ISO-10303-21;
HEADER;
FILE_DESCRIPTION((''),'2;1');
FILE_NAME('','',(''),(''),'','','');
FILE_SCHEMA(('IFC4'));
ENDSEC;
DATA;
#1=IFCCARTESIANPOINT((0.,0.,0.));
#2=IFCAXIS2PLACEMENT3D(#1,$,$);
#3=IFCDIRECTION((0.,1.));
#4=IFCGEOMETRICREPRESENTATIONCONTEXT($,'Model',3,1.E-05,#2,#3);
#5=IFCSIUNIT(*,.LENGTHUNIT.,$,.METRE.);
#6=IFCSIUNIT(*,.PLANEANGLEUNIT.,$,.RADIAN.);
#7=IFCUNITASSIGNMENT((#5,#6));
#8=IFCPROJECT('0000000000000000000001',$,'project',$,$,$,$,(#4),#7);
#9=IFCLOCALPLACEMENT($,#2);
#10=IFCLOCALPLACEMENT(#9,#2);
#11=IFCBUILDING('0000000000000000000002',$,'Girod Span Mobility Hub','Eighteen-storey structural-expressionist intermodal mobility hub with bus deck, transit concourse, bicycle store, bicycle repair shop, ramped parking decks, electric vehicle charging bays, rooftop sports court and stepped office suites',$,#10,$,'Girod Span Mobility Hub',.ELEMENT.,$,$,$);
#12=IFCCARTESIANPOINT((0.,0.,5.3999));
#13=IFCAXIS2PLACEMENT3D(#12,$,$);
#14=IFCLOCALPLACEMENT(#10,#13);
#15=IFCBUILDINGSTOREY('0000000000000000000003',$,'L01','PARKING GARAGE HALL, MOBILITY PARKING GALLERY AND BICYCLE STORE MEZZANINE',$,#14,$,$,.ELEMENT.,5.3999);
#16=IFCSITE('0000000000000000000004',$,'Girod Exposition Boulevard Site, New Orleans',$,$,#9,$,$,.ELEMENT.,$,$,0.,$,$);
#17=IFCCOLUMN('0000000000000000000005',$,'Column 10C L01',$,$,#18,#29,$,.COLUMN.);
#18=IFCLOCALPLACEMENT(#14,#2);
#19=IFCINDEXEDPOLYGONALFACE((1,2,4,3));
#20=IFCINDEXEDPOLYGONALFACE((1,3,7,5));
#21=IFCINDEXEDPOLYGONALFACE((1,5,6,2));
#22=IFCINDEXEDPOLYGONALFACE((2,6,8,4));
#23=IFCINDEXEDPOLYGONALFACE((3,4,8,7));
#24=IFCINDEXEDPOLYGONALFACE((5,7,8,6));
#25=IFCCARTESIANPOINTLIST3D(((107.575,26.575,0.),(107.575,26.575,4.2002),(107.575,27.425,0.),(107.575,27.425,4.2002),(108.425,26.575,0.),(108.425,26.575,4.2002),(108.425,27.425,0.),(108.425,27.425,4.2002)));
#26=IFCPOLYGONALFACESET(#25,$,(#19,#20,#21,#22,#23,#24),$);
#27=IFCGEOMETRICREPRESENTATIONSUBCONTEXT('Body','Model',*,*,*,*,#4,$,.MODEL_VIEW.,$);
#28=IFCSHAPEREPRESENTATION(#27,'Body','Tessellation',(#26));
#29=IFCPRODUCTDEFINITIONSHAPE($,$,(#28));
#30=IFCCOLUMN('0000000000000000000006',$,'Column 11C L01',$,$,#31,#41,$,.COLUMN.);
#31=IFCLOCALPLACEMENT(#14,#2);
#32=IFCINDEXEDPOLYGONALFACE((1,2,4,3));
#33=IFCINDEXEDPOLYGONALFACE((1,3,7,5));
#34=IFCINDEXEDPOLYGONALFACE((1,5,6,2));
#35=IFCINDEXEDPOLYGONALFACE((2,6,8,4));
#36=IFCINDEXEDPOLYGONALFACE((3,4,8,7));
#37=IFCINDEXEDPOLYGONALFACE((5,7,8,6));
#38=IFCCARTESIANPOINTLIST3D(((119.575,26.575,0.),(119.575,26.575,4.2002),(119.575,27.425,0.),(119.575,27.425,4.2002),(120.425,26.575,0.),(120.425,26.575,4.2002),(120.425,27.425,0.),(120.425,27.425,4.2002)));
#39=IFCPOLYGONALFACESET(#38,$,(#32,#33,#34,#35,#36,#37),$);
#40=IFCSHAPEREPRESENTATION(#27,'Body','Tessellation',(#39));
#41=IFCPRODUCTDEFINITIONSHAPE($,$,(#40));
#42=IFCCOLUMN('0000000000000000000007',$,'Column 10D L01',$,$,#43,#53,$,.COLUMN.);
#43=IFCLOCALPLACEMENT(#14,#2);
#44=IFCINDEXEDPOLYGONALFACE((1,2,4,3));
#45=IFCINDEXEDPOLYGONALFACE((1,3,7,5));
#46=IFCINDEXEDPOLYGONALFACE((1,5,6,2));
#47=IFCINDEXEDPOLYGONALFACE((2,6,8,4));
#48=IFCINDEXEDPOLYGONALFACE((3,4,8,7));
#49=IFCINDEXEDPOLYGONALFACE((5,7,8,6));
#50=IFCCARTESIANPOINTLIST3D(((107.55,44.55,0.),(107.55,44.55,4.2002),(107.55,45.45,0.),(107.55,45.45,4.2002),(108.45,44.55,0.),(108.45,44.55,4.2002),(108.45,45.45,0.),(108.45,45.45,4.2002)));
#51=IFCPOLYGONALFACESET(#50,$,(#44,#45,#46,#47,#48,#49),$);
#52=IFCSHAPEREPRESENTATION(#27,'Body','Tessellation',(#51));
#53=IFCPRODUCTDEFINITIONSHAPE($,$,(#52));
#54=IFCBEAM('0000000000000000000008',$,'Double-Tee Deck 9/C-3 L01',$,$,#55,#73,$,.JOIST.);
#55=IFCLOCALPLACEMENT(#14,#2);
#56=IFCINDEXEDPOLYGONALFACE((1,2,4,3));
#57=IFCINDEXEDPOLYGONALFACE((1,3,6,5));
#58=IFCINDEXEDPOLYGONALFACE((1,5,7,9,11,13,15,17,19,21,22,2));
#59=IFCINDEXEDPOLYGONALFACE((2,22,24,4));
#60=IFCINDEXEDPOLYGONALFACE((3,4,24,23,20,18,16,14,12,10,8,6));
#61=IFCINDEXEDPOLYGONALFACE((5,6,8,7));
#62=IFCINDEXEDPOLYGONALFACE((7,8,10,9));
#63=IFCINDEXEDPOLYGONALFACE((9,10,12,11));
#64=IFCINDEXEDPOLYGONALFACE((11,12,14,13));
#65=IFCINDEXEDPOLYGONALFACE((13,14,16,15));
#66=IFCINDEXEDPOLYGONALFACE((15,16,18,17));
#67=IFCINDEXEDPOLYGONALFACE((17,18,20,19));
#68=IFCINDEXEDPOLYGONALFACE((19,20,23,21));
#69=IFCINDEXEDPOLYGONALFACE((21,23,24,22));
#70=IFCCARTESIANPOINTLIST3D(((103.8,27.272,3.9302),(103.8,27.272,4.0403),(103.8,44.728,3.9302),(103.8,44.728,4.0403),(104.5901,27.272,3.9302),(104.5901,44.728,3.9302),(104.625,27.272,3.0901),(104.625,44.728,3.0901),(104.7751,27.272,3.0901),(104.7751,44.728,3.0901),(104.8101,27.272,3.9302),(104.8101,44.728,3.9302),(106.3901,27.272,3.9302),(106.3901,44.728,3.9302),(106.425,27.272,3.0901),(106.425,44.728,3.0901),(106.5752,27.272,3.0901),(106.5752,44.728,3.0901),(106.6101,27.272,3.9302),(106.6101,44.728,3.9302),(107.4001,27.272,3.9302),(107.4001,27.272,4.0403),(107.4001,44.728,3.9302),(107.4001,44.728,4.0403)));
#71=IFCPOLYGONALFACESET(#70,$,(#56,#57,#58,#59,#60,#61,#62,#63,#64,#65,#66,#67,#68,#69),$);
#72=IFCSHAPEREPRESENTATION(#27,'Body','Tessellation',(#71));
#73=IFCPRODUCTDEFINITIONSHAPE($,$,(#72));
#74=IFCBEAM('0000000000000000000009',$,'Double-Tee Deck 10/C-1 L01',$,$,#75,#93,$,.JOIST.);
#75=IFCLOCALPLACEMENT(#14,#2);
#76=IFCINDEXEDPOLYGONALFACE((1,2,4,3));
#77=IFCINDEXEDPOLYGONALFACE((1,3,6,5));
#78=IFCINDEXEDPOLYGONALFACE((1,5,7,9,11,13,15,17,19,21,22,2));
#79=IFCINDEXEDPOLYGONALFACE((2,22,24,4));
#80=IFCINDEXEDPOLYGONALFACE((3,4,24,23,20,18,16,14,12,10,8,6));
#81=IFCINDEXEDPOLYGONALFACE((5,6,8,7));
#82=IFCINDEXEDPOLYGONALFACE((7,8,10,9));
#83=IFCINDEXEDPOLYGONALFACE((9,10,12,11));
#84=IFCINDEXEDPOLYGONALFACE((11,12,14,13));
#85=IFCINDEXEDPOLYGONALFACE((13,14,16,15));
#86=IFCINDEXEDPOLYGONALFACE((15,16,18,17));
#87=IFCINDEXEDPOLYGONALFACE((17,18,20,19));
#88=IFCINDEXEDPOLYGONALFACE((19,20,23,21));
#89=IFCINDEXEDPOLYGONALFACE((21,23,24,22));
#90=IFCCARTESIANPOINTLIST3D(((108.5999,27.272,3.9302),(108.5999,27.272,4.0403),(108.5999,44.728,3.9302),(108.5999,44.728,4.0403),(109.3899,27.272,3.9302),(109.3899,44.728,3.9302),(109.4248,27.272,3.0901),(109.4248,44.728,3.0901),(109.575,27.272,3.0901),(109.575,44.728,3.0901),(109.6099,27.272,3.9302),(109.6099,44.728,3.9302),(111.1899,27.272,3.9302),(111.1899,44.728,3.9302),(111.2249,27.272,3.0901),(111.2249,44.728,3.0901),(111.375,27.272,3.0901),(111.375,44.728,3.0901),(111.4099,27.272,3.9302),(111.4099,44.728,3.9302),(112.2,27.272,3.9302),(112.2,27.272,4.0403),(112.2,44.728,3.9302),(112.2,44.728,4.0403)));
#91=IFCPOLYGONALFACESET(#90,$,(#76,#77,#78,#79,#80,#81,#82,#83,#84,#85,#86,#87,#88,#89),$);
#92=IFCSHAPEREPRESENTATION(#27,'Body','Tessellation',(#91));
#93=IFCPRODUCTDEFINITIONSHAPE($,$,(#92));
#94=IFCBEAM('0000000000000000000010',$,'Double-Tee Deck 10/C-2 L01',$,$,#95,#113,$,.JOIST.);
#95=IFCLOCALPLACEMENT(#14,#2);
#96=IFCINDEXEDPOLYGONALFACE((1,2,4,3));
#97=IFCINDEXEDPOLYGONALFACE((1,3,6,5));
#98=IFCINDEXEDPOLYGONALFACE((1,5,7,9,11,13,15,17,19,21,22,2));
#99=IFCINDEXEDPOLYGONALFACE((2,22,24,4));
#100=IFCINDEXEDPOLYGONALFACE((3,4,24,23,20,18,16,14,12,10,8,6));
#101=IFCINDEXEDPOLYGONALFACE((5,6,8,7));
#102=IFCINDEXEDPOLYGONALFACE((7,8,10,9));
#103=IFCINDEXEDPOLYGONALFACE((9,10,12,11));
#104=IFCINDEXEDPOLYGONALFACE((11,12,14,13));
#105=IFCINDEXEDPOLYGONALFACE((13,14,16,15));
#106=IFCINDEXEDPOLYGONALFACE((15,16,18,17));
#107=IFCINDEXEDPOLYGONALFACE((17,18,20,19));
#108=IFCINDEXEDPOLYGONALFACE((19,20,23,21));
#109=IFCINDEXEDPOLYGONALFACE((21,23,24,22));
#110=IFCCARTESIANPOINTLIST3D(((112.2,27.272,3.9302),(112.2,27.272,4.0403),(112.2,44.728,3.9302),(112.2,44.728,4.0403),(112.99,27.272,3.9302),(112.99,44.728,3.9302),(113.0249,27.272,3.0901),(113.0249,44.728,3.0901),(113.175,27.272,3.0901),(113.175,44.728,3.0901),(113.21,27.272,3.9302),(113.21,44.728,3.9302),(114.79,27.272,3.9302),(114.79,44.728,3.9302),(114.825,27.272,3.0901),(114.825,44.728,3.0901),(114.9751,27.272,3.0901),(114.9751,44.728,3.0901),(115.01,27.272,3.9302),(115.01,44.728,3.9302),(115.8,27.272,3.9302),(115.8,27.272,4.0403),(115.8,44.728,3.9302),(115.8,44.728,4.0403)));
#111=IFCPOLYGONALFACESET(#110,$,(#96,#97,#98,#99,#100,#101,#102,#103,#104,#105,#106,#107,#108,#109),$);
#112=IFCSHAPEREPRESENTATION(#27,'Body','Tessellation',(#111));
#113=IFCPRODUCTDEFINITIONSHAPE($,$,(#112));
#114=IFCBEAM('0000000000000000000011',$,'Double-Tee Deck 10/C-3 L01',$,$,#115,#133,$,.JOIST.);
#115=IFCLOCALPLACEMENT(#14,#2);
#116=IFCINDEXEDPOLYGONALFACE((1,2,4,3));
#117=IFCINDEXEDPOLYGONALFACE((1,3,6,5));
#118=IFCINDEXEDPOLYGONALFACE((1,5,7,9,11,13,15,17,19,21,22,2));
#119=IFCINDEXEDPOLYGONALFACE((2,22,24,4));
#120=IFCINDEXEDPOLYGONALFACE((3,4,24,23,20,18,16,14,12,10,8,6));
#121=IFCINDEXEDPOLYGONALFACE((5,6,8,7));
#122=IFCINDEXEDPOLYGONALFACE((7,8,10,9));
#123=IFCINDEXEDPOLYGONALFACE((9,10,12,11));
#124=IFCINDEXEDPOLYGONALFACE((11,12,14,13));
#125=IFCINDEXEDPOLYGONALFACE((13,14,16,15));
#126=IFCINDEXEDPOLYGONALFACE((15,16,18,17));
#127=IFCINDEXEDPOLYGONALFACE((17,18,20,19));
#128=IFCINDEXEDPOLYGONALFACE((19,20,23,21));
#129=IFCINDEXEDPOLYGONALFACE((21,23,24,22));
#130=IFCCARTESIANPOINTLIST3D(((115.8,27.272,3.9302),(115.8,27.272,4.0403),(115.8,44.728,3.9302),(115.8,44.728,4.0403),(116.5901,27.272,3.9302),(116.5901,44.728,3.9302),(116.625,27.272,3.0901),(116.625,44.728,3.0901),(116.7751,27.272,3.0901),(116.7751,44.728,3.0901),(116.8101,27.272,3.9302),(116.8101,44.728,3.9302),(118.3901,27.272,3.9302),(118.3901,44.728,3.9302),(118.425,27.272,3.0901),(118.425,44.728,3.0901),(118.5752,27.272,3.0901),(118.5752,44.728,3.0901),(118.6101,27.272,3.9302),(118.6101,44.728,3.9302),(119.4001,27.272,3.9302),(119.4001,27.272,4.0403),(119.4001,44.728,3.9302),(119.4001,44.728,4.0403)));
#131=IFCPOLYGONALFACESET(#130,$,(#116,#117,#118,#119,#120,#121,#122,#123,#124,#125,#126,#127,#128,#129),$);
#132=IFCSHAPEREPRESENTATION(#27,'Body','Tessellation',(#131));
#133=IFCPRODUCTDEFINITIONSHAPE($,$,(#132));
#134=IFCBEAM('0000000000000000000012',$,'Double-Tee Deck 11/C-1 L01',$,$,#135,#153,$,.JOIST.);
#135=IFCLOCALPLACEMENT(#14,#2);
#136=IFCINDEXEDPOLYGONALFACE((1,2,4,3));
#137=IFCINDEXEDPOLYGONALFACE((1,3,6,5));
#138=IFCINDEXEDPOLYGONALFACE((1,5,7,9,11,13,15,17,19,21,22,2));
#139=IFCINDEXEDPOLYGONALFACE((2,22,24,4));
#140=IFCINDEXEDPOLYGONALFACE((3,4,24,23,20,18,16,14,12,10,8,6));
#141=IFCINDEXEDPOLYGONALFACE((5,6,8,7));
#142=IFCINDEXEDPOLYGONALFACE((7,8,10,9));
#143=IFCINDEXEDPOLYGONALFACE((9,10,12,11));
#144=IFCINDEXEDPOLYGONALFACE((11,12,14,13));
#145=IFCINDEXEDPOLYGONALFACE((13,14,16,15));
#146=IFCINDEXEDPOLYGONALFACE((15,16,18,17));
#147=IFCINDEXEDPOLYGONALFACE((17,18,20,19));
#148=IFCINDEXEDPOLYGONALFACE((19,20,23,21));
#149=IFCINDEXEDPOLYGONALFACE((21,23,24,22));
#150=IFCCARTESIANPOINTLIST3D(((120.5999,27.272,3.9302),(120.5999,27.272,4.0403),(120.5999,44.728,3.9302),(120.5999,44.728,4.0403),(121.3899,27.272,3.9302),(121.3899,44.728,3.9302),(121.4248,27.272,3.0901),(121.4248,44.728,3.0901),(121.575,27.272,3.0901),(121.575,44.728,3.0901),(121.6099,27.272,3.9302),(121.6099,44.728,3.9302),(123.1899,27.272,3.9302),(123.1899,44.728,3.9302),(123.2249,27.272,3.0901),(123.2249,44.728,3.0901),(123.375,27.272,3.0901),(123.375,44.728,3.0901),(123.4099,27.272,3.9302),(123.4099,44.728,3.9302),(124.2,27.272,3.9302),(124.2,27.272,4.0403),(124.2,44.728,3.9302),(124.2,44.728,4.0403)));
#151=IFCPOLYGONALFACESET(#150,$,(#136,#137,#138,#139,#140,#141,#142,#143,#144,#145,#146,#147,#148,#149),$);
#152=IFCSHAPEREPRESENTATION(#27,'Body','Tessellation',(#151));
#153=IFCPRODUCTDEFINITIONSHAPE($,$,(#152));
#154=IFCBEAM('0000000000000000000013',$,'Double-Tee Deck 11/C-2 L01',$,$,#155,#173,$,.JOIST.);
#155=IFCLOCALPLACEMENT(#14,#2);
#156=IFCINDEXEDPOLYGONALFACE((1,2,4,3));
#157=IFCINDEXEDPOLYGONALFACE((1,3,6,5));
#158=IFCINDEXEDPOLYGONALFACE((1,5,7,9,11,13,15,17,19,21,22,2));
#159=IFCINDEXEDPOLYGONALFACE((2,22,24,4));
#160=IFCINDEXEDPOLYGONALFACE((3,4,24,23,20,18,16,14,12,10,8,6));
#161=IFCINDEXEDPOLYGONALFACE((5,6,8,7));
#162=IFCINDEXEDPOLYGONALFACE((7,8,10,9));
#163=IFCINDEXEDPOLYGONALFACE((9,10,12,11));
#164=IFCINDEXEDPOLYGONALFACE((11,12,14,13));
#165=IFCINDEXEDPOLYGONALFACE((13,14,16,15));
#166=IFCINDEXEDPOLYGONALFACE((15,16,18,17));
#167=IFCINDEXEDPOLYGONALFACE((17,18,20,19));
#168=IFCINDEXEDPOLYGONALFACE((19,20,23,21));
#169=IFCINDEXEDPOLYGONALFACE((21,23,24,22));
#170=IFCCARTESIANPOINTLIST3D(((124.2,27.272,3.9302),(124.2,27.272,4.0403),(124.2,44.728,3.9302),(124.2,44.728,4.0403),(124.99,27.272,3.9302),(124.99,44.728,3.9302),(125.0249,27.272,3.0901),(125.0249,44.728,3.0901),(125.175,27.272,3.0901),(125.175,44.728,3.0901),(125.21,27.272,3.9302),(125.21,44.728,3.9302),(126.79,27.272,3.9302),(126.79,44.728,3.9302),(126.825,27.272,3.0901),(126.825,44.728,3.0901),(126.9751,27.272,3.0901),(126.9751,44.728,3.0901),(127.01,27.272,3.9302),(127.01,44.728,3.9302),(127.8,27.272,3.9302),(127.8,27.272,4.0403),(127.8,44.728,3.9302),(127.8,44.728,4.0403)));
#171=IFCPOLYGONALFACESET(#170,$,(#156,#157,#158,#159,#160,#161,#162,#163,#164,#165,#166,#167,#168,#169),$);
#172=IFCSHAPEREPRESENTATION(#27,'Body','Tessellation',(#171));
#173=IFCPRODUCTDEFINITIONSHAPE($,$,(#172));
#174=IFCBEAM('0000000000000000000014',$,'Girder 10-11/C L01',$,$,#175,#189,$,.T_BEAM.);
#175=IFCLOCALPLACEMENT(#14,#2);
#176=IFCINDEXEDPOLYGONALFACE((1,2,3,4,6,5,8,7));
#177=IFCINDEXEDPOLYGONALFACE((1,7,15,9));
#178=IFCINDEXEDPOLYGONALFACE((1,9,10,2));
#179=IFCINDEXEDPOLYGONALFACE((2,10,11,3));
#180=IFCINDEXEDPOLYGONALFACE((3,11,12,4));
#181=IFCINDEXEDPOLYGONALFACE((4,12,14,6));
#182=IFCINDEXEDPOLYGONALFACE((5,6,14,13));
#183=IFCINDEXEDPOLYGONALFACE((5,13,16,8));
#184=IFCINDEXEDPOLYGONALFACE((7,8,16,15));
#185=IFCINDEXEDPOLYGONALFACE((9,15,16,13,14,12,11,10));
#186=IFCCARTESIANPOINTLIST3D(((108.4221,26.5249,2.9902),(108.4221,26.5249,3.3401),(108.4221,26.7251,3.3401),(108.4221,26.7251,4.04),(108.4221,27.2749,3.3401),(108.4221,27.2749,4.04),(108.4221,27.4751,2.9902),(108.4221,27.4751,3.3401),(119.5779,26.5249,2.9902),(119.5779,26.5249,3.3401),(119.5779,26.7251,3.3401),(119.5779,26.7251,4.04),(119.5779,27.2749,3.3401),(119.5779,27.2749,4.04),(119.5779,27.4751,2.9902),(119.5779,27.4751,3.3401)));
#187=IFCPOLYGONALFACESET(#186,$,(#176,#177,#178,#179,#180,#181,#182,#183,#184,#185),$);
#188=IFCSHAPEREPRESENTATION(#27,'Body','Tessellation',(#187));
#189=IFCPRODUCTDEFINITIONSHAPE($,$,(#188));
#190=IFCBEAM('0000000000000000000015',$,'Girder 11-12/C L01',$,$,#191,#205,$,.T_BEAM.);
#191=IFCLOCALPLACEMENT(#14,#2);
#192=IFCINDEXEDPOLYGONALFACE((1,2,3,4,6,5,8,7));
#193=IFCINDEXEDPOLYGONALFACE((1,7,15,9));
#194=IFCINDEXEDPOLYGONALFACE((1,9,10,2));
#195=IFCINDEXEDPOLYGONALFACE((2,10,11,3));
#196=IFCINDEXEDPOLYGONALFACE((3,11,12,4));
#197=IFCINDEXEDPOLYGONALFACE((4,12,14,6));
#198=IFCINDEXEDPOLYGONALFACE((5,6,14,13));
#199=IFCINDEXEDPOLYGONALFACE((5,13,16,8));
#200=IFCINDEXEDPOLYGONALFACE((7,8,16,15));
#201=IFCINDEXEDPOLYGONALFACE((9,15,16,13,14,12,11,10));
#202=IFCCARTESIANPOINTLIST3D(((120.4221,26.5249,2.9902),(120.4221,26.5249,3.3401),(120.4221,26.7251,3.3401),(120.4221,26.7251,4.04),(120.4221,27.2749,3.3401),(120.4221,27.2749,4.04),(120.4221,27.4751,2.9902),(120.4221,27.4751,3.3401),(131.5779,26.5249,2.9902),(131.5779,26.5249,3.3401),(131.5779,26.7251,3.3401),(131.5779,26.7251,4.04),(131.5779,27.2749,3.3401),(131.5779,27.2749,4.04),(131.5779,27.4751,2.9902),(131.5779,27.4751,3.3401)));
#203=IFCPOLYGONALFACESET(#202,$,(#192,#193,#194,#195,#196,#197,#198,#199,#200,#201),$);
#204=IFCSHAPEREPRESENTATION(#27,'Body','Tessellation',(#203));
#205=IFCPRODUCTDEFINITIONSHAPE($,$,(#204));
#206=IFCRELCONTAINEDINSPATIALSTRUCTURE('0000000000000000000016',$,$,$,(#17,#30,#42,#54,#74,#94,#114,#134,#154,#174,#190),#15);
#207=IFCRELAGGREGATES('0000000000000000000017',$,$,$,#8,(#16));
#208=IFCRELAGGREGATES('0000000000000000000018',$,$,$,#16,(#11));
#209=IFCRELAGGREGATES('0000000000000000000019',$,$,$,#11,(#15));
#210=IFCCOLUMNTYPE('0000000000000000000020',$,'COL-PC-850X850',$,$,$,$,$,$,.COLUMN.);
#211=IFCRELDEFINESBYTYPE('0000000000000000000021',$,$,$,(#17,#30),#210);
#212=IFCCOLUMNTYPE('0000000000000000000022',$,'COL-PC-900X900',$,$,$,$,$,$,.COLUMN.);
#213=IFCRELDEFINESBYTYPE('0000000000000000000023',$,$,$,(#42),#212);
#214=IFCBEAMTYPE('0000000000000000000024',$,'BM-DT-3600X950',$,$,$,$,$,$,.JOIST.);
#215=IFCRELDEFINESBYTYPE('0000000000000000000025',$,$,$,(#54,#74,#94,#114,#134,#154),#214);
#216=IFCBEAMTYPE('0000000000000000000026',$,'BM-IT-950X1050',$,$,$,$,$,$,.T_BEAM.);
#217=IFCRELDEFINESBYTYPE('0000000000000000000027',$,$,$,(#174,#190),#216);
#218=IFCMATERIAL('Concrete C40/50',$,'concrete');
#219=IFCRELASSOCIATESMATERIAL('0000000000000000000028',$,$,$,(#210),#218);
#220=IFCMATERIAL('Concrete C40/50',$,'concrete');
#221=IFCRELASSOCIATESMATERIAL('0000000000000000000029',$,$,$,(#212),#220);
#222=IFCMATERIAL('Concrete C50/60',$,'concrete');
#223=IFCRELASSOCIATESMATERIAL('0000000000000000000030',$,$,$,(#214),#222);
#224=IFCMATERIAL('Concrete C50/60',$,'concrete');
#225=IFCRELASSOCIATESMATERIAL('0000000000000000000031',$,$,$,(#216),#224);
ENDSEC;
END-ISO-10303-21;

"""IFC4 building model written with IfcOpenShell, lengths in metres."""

from ifc_helpers import new_model, si_unit, direction, frame, origin, origin_2d, place, context, subcontext, project, spatial, polyline, rectangle, outline, extrude, material, material_profile, profile_set, type_object, element, save


model = new_model("IFC4")

# Units and contexts
model_context = context("Model", 3, precision=1e-05, world=origin(), true_north=direction((0.0, 1.0)))
body_context = subcontext(model_context, "Body", "Model", "MODEL_VIEW")
ifc_project = project(units=[si_unit("LENGTHUNIT", "METRE"), si_unit("PLANEANGLEUNIT", "RADIAN")], contexts=[model_context])

# Site, building, storey
site_placement = place(None, origin())
site = spatial("IfcSite", under=ifc_project, at=site_placement, Name="Girod Exposition Boulevard Site, New Orleans", CompositionType="ELEMENT", RefElevation=0.0)
building_placement = place(site_placement, origin())
building = spatial("IfcBuilding", under=site, at=building_placement, Name="Girod Span Mobility Hub", Description="Eighteen-storey structural-expressionist intermodal mobility hub with bus deck, transit concourse, bicycle store, bicycle repair shop, ramped parking decks, electric vehicle charging bays, rooftop sports court and stepped office suites", LongName="Girod Span Mobility Hub", CompositionType="ELEMENT")
storey_placement = place(building_placement, frame((0.0, 0.0, 5.3999)))
storey = spatial("IfcBuildingStorey", under=building, at=storey_placement, Name="L01", Description="PARKING GARAGE HALL, MOBILITY PARKING GALLERY AND BICYCLE STORE MEZZANINE", CompositionType="ELEMENT", Elevation=5.3999)

# Columns
ifc_material_1 = material(Name="Concrete C40/50", Category="concrete")
ifc_material_profile_1 = material_profile(ifc_material_1, rectangle(XDim=0.8501, YDim=0.8501, at=origin_2d()), Name="PC-COL-850X850")
ifc_profile_set_1 = profile_set([ifc_material_profile_1], Name="Concrete C40/50")
column_type_1 = type_object("IfcColumnType", Name="COL-PC-850X850", PredefinedType="COLUMN", material=ifc_profile_set_1)
for number, where, z_axis, x_axis, name in (
    (1, (108.0, 27.0, 0.0), (0.0, 0.0, 1.0), (1.0, 0.0, 0.0), "Column 10C L01"),
    (2, (120.0, 27.0, 0.0), (0.0, 0.0, 1.0), (1.0, 0.0, 0.0), "Column 11C L01"),
):
    element("IfcColumn", number, at=place(storey_placement, frame(where, z_axis=z_axis, x_axis=x_axis)), inside=storey, type_object=column_type_1, Name=name, PredefinedType="COLUMN", context=body_context, shape_type="SweptSolid", body=[
        extrude(rectangle(XDim=0.8501, YDim=0.8501, at=origin_2d()), origin(), (0.0, 0.0, 1.0), 4.2002),
    ])
ifc_material_2 = material(Name="Concrete C40/50", Category="concrete")
ifc_material_profile_2 = material_profile(ifc_material_2, rectangle(XDim=0.8999, YDim=0.8999, at=origin_2d()), Name="PC-COL-900X900")
ifc_profile_set_2 = profile_set([ifc_material_profile_2], Name="Concrete C40/50")
column_type_2 = type_object("IfcColumnType", Name="COL-PC-900X900", PredefinedType="COLUMN", material=ifc_profile_set_2)
column_placement = place(storey_placement, frame((108.0, 45.0, 0.0), z_axis=(0.0, 0.0, 1.0), x_axis=(1.0, 0.0, 0.0)))
element("IfcColumn", 3, at=column_placement, inside=storey, type_object=column_type_2, Name="Column 10D L01", PredefinedType="COLUMN", context=body_context, shape_type="SweptSolid", body=[
    extrude(rectangle(XDim=0.8999, YDim=0.8999, at=origin_2d()), origin(), (0.0, 0.0, 1.0), 4.2002),
])

# Beams
ifc_material_3 = material(Name="Concrete C50/60", Category="concrete")
ifc_material_profile_3 = material_profile(ifc_material_3, outline(polyline([(-1.8, 0.4751), (-1.8, 0.365), (-1.01, 0.365), (-0.9751, -0.4751), (-0.825, -0.4751), (-0.79, 0.365), (0.79, 0.365), (0.825, -0.4751), (0.9751, -0.4751), (1.01, 0.365), (1.8, 0.365), (1.8, 0.4751), (-1.8, 0.4751)])), Name="DT-3600X950")
ifc_profile_set_3 = profile_set([ifc_material_profile_3], Name="Concrete C50/60")
beam_type_1 = type_object("IfcBeamType", Name="BM-DT-3600X950", PredefinedType="JOIST", material=ifc_profile_set_3)
for number, where, z_axis, x_axis, name in (
    (4, (105.6001, 27.272, 3.5652), (0.0, 1.0, 0.0), (-1.0, 0.0, 0.0), "Double-Tee Deck 9/C-3 L01"),
    (5, (110.3999, 27.272, 3.5652), (0.0, 1.0, 0.0), (-1.0, 0.0, 0.0), "Double-Tee Deck 10/C-1 L01"),
    (6, (114.0, 27.272, 3.5652), (0.0, 1.0, 0.0), (-1.0, 0.0, 0.0), "Double-Tee Deck 10/C-2 L01"),
    (7, (117.6001, 27.272, 3.5652), (0.0, 1.0, 0.0), (-1.0, 0.0, 0.0), "Double-Tee Deck 10/C-3 L01"),
    (8, (122.3999, 27.272, 3.5652), (0.0, 1.0, 0.0), (-1.0, 0.0, 0.0), "Double-Tee Deck 11/C-1 L01"),
    (9, (126.0, 27.272, 3.5652), (0.0, 1.0, 0.0), (-1.0, 0.0, 0.0), "Double-Tee Deck 11/C-2 L01"),
):
    element("IfcBeam", number, at=place(storey_placement, frame(where, z_axis=z_axis, x_axis=x_axis)), inside=storey, type_object=beam_type_1, Name=name, PredefinedType="JOIST", context=body_context, shape_type="SweptSolid", body=[
        extrude(outline(polyline([(-1.8, 0.4751), (-1.8, 0.365), (-1.01, 0.365), (-0.9751, -0.4751), (-0.825, -0.4751), (-0.79, 0.365), (0.79, 0.365), (0.825, -0.4751), (0.9751, -0.4751), (1.01, 0.365), (1.8, 0.365), (1.8, 0.4751), (-1.8, 0.4751)])), origin(), (0.0, 0.0, 1.0), 17.4561),
    ])
ifc_material_4 = material(Name="Concrete C50/60", Category="concrete")
ifc_material_profile_4 = material_profile(ifc_material_4, outline(polyline([(-0.4751, -0.5249), (0.4751, -0.5249), (0.4751, -0.175), (0.2749, -0.175), (0.2749, 0.5249), (-0.2749, 0.5249), (-0.2749, -0.175), (-0.4751, -0.175), (-0.4751, -0.5249)])), Name="IT-950X1050")
ifc_profile_set_4 = profile_set([ifc_material_profile_4], Name="Concrete C50/60")
beam_type_2 = type_object("IfcBeamType", Name="BM-IT-950X1050", PredefinedType="T_BEAM", material=ifc_profile_set_4)
for number, where, z_axis, x_axis, name in (
    (10, (108.4221, 27.0, 3.5151), (1.0, 0.0, 0.0), (0.0, 1.0, 0.0), "Girder 10-11/C L01"),
    (11, (120.4221, 27.0, 3.5151), (1.0, 0.0, 0.0), (0.0, 1.0, 0.0), "Girder 11-12/C L01"),
):
    element("IfcBeam", number, at=place(storey_placement, frame(where, z_axis=z_axis, x_axis=x_axis)), inside=storey, type_object=beam_type_2, Name=name, PredefinedType="T_BEAM", context=body_context, shape_type="SweptSolid", body=[
        extrude(outline(polyline([(-0.4751, -0.5249), (0.4751, -0.5249), (0.4751, -0.175), (0.2749, -0.175), (0.2749, 0.5249), (-0.2749, 0.5249), (-0.2749, -0.175), (-0.4751, -0.175), (-0.4751, -0.5249)])), origin(), (0.0, 0.0, 1.0), 11.1558),
    ])

save(model, "model.ifc")
